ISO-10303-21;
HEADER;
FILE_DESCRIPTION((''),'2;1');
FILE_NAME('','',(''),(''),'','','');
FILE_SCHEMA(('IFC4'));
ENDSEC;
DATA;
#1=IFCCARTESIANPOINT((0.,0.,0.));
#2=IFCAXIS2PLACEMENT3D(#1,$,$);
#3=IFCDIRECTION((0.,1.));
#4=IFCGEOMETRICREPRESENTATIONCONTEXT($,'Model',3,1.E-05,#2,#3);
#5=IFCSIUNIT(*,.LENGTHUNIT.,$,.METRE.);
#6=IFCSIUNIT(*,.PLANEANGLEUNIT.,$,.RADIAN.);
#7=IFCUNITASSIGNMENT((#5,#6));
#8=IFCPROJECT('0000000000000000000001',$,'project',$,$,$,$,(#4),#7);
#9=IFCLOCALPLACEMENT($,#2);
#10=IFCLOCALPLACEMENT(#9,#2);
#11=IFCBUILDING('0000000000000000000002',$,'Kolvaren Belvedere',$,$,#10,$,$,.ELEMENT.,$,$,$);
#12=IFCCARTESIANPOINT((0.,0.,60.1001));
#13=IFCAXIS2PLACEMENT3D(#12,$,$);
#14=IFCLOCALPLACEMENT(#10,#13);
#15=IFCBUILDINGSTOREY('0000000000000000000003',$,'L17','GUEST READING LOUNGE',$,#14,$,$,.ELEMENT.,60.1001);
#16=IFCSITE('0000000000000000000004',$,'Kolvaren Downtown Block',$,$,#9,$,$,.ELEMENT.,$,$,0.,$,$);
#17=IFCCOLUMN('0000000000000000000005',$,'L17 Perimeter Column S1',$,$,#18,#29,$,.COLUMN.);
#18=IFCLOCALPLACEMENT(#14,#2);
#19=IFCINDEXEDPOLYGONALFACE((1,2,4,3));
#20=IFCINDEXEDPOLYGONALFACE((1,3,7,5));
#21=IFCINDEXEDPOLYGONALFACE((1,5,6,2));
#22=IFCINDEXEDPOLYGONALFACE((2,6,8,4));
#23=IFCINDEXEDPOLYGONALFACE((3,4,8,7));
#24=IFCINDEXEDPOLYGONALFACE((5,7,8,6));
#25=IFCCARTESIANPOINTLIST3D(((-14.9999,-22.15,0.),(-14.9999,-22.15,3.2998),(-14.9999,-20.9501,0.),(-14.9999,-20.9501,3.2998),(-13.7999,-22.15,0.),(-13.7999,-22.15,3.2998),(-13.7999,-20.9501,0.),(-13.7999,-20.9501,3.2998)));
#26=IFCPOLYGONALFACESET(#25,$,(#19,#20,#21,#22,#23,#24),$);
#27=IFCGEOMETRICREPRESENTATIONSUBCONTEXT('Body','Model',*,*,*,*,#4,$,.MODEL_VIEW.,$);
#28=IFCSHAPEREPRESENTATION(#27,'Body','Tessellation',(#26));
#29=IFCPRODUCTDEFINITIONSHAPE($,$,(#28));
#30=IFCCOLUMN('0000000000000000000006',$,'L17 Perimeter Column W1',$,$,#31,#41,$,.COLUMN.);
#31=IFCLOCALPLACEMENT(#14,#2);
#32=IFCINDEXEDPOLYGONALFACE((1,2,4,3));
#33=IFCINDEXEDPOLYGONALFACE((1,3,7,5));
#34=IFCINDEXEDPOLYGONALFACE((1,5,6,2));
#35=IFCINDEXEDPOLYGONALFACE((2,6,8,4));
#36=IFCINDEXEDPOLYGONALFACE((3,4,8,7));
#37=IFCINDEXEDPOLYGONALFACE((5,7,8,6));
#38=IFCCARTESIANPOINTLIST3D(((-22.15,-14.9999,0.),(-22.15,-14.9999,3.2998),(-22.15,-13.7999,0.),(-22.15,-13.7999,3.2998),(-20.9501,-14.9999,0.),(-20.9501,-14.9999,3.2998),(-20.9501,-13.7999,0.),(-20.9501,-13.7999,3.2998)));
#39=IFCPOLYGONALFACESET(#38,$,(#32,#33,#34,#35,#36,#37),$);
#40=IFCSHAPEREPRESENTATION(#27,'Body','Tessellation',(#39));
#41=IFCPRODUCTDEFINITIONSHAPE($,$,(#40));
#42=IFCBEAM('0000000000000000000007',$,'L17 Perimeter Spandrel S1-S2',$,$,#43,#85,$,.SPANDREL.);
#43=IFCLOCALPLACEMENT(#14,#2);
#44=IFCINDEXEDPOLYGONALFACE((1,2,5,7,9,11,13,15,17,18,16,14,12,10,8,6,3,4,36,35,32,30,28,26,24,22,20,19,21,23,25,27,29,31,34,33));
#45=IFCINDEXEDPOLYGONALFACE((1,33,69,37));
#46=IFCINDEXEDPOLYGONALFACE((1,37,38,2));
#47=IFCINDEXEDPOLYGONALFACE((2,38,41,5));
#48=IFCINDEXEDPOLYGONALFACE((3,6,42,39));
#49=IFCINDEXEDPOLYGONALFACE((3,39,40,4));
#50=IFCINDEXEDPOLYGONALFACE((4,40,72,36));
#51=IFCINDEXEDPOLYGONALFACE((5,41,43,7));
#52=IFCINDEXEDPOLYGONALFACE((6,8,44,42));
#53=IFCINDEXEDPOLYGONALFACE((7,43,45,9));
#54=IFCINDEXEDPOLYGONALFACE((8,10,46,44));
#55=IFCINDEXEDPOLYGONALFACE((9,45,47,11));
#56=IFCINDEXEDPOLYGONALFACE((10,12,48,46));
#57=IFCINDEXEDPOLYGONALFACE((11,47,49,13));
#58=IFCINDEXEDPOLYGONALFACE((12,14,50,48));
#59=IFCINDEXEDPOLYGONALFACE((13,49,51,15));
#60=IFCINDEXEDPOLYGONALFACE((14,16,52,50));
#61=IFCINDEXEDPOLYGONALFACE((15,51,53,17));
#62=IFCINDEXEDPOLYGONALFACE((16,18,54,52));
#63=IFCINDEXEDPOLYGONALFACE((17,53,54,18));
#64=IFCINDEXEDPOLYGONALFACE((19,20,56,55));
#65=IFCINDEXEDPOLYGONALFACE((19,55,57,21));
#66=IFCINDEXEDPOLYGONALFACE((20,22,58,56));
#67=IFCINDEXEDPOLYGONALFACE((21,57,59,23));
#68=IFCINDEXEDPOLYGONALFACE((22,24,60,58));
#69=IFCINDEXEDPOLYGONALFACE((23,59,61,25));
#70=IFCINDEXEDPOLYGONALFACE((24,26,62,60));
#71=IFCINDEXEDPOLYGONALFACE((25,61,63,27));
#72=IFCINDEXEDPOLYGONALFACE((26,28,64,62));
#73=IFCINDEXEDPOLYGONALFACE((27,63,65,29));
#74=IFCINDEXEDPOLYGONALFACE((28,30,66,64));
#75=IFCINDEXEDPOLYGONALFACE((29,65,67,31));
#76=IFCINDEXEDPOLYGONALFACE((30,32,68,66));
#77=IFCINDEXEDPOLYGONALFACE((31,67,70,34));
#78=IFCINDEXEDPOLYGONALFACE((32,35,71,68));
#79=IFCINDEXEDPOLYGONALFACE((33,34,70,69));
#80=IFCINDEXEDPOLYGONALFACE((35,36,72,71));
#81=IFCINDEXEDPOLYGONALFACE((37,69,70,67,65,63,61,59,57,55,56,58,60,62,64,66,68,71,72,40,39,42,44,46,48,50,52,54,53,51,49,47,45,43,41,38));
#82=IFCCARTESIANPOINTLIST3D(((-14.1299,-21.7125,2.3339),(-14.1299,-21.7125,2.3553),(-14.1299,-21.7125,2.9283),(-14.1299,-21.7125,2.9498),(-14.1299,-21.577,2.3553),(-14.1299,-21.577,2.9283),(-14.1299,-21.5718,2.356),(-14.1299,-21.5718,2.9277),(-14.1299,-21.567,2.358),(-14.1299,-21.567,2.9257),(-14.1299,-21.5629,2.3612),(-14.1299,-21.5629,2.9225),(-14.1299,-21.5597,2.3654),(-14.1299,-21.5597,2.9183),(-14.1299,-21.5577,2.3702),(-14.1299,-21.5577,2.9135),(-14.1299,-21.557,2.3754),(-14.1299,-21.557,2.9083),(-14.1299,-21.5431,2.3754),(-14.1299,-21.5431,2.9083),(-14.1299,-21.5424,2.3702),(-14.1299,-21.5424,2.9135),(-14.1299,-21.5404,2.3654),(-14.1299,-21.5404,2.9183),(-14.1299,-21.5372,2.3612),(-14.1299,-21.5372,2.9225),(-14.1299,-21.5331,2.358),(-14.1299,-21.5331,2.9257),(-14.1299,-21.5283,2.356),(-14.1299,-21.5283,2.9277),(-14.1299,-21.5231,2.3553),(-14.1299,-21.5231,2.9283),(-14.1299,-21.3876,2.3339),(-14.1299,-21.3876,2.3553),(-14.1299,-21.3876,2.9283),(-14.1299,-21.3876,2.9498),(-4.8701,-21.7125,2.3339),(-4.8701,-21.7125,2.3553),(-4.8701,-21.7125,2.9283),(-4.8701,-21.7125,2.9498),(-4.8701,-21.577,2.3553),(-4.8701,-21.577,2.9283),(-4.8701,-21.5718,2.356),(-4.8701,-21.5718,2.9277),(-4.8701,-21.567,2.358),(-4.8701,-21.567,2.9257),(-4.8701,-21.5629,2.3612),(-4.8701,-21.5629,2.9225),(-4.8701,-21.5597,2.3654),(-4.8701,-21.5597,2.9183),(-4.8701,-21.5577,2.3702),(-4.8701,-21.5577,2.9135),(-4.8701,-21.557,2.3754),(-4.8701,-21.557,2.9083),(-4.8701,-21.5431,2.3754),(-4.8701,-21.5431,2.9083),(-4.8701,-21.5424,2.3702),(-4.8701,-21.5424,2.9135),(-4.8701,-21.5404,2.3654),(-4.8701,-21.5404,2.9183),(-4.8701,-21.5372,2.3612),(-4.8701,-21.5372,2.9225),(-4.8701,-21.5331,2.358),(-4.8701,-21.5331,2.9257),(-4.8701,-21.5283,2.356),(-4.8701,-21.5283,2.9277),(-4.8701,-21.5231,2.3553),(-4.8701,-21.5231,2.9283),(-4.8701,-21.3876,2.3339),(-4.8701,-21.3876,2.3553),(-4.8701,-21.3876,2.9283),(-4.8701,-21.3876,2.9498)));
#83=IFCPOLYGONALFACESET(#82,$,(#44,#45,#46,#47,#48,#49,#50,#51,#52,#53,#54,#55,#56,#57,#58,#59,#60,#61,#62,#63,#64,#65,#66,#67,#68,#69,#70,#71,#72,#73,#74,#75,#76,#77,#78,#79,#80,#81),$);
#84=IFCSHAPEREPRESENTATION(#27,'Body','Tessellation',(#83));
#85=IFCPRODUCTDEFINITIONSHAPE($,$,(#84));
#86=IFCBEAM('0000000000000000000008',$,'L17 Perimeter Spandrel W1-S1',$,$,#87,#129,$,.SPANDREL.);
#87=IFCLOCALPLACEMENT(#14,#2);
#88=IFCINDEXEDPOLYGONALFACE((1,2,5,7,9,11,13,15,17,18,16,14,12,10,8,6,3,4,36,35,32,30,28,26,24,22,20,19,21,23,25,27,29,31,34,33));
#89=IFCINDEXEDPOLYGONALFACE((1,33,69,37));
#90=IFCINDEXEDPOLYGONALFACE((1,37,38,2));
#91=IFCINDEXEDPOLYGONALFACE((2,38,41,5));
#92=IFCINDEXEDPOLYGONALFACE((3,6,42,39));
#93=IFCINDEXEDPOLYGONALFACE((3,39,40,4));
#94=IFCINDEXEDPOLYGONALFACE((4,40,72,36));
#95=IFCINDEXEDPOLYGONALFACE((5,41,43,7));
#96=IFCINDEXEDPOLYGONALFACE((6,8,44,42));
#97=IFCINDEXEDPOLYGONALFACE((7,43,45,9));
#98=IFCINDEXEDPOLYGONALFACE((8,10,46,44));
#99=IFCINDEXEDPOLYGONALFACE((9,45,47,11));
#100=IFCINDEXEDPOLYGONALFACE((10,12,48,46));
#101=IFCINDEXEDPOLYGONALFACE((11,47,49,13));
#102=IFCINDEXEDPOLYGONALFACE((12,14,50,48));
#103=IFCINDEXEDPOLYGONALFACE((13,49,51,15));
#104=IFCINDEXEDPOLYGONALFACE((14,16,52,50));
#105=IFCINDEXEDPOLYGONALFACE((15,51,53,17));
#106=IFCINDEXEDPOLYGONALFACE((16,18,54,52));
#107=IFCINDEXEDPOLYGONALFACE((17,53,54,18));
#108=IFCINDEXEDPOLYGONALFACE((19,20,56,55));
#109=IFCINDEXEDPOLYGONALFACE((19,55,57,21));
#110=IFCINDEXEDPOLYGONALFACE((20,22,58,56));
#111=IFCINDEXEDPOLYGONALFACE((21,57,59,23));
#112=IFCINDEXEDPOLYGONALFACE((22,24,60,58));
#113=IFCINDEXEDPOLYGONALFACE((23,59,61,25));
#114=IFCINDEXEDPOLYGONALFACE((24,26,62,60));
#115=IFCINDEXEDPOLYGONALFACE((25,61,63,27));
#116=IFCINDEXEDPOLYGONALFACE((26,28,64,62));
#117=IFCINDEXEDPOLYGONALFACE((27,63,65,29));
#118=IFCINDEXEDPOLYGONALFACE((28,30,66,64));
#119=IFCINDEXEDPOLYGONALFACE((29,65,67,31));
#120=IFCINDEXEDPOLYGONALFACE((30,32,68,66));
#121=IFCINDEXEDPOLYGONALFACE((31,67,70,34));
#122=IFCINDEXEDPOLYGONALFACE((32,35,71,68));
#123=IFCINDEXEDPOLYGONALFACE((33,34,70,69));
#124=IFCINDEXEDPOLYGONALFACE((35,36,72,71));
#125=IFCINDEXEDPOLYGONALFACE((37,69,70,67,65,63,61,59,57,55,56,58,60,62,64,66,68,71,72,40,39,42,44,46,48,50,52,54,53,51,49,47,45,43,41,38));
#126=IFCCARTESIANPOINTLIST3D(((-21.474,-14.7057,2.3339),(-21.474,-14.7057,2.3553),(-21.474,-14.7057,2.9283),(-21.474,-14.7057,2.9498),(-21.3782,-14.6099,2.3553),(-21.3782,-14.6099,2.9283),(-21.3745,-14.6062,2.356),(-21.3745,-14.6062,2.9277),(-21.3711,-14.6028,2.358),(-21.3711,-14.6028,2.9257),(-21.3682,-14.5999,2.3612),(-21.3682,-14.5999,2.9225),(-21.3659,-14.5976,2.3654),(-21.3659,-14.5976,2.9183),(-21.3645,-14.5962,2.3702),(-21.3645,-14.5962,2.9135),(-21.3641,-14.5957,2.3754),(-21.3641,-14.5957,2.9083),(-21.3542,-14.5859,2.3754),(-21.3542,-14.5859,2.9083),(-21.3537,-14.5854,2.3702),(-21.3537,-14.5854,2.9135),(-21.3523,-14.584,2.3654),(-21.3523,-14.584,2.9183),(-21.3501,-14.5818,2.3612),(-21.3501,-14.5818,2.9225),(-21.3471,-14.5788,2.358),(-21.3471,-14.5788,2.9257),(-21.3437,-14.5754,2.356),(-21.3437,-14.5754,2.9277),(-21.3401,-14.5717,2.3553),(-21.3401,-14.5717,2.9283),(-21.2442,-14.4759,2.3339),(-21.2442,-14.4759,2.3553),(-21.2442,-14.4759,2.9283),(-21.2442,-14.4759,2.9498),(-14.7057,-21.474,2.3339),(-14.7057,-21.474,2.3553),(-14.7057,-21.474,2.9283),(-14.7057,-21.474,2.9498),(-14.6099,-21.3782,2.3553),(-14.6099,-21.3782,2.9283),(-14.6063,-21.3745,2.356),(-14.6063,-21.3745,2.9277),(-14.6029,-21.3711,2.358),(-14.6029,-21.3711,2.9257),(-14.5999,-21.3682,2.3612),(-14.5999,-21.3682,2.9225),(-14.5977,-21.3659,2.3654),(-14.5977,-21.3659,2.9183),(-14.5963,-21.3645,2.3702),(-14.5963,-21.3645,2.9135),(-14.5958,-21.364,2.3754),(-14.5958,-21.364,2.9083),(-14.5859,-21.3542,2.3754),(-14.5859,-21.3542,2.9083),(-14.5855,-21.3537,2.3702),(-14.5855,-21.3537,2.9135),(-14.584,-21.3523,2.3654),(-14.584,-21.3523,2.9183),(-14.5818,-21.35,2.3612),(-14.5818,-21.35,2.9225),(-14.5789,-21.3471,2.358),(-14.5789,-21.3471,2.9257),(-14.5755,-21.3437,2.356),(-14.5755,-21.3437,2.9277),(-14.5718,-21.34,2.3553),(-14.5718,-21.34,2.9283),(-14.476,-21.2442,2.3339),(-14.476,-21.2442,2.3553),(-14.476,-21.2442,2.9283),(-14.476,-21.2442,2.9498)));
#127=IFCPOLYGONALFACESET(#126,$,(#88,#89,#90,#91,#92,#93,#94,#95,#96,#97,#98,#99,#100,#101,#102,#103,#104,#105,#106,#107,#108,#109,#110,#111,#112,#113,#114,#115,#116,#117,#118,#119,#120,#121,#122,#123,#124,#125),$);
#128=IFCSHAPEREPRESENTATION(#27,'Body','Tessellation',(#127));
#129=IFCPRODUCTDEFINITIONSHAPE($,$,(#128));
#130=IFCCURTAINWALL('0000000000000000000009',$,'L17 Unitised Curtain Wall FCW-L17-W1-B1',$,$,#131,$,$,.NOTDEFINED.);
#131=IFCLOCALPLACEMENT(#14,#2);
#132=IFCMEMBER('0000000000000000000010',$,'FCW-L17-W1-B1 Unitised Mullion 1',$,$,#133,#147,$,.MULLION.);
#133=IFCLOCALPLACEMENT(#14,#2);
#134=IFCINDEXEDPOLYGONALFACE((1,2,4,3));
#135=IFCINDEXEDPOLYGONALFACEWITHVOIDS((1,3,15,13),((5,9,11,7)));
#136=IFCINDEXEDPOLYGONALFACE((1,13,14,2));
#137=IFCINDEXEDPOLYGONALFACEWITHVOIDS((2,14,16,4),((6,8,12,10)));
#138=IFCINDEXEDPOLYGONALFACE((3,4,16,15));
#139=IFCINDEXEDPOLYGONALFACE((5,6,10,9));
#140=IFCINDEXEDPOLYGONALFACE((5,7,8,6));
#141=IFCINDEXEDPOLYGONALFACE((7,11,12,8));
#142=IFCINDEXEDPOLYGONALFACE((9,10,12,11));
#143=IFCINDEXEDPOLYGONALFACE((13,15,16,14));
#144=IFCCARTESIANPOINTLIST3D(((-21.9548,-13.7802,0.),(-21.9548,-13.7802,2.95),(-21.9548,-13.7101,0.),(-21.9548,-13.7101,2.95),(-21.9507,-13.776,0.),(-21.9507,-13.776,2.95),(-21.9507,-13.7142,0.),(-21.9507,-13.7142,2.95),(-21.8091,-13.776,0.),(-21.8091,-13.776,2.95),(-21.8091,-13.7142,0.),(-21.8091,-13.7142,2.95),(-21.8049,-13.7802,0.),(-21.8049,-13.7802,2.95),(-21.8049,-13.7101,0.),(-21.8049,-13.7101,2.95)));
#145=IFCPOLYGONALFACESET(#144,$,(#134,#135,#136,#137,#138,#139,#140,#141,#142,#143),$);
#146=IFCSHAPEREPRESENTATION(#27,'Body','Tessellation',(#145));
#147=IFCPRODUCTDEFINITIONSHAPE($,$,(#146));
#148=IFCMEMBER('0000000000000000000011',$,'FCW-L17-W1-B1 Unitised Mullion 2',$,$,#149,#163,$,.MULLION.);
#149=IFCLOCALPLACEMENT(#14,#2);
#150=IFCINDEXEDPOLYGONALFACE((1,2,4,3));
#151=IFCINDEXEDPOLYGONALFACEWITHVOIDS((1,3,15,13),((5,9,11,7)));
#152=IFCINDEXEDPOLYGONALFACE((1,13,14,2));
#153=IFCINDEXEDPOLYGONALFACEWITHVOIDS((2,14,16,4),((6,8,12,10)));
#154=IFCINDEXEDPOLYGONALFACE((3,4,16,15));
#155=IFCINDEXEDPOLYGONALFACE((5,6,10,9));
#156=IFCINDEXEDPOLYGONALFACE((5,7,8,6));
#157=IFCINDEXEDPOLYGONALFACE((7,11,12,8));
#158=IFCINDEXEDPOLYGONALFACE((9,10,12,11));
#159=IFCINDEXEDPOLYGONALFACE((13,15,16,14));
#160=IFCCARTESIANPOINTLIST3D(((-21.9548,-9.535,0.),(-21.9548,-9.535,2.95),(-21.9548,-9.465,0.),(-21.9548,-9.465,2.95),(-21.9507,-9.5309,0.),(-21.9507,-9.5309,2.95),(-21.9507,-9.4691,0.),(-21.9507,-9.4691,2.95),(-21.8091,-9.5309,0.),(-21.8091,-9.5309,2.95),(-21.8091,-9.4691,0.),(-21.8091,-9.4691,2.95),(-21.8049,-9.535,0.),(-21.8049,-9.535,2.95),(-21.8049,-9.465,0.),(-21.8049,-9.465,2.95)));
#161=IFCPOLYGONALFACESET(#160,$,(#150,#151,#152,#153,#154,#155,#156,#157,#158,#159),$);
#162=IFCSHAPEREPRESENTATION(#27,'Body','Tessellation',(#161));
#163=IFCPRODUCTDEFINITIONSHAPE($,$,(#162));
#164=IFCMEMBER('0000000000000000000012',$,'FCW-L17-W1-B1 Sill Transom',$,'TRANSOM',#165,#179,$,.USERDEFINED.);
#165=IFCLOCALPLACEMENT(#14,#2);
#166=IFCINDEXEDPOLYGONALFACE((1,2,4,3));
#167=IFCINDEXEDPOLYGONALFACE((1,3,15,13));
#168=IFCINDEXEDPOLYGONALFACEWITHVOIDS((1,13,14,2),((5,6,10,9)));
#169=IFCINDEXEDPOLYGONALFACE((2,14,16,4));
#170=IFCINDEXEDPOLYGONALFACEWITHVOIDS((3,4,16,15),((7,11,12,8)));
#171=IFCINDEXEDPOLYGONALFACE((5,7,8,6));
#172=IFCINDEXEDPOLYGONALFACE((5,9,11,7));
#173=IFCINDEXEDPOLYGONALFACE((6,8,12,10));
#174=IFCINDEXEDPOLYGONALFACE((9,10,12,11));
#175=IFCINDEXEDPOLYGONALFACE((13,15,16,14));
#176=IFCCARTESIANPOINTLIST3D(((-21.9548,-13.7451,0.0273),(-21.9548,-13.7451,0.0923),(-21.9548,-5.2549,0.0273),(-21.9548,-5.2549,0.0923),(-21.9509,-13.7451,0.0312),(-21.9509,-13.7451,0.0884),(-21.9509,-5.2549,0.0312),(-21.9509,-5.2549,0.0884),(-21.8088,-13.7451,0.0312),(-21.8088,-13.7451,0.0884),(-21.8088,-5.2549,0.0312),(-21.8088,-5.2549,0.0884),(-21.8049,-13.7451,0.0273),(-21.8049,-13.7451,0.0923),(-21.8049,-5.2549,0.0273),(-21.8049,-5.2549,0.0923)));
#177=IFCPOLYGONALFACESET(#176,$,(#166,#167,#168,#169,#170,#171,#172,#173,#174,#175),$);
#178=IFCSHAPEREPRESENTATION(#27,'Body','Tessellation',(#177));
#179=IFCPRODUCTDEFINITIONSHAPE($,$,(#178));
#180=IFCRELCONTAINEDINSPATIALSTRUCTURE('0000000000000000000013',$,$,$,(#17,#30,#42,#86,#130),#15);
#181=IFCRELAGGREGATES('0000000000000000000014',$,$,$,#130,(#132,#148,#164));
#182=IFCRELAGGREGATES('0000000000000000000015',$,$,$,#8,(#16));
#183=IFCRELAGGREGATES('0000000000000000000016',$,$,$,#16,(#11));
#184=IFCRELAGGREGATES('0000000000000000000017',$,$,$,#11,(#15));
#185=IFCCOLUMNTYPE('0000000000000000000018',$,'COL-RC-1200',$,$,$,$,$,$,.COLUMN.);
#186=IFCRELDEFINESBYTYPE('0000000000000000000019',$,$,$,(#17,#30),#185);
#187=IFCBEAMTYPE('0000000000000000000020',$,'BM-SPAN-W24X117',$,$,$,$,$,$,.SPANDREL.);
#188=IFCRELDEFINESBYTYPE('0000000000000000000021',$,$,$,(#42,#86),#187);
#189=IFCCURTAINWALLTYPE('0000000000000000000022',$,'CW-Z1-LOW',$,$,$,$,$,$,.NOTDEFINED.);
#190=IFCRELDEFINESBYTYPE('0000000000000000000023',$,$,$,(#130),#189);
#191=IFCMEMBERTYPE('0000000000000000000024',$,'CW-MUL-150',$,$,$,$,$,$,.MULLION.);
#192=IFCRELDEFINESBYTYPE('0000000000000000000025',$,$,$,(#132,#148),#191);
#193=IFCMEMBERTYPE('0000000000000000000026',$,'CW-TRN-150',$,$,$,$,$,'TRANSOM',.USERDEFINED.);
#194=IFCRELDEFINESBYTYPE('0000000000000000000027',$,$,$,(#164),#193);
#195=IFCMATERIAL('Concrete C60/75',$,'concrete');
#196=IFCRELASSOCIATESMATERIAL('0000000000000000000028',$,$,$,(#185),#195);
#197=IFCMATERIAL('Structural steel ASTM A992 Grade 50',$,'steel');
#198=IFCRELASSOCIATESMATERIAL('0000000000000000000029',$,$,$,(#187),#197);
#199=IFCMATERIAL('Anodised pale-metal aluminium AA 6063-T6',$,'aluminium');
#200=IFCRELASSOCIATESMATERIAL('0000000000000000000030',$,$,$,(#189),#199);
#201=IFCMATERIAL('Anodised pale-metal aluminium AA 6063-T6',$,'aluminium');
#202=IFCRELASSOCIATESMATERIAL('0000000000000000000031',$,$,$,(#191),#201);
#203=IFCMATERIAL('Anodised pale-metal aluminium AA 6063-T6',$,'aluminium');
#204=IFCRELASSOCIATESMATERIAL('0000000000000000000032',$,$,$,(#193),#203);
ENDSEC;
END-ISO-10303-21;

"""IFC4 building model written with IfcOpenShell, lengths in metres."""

from ifc_helpers import new_model, si_unit, direction, frame, origin, origin_2d, place, context, subcontext, project, spatial, rectangle, hollow_rectangle, i_section, extrude, material, material_profile, profile_set, type_object, element, aggregate, save


model = new_model("IFC4")

# Units and contexts
model_context = context("Model", 3, precision=1e-05, world=origin(), true_north=direction((0.0, 1.0)))
body_context = subcontext(model_context, "Body", "Model", "MODEL_VIEW")
ifc_project = project(units=[si_unit("LENGTHUNIT", "METRE"), si_unit("PLANEANGLEUNIT", "RADIAN")], contexts=[model_context])

# Site, building, storey
site_placement = place(None, origin())
site = spatial("IfcSite", under=ifc_project, at=site_placement, Name="Kolvaren Downtown Block", CompositionType="ELEMENT", RefElevation=0.0)
building_placement = place(site_placement, origin())
building = spatial("IfcBuilding", under=site, at=building_placement, Name="Kolvaren Belvedere", CompositionType="ELEMENT")
storey_placement = place(building_placement, frame((0.0, 0.0, 60.1001)))
storey = spatial("IfcBuildingStorey", under=building, at=storey_placement, Name="L17", Description="GUEST READING LOUNGE", CompositionType="ELEMENT", Elevation=60.1001)

# Columns
ifc_material_1 = material(Name="Concrete C60/75", Category="concrete")
ifc_material_profile_1 = material_profile(ifc_material_1, rectangle(XDim=1.2, YDim=1.2, at=origin_2d()), Name="RC 1200X1200")
ifc_profile_set_1 = profile_set([ifc_material_profile_1], Name="Concrete C60/75")
column_type = type_object("IfcColumnType", Name="COL-RC-1200", PredefinedType="COLUMN", material=ifc_profile_set_1)
for number, where, z_axis, x_axis, name in (
    (1, (-14.3999, -21.55, 0.0), (0.0, 0.0, 1.0), (1.0, 0.0, 0.0), "L17 Perimeter Column S1"),
    (2, (-21.55, -14.3999, 0.0), (0.0, 0.0, 1.0), (1.0, 0.0, 0.0), "L17 Perimeter Column W1"),
):
    element("IfcColumn", number, at=place(storey_placement, frame(where, z_axis=z_axis, x_axis=x_axis)), inside=storey, type_object=column_type, Name=name, PredefinedType="COLUMN", context=body_context, shape_type="SweptSolid", body=[
        extrude(rectangle(XDim=1.2, YDim=1.2, at=origin_2d()), origin(), (0.0, 0.0, 1.0), 3.2998),
    ])

# Beams
ifc_material_2 = material(Name="Structural steel ASTM A992 Grade 50", Category="steel")
ifc_material_profile_2 = material_profile(ifc_material_2, i_section(OverallWidth=0.325, OverallDepth=0.616, WebThickness=0.0139, FlangeThickness=0.0215, FilletRadius=0.02, at=origin_2d()), Name="W24X117")
ifc_profile_set_2 = profile_set([ifc_material_profile_2], Name="Structural steel ASTM A992 Grade 50")
beam_type = type_object("IfcBeamType", Name="BM-SPAN-W24X117", PredefinedType="SPANDREL", material=ifc_profile_set_2)
beam_1_placement = place(storey_placement, frame((-14.1299, -21.55, 2.6418), z_axis=(1.0, 0.0, 0.0), x_axis=(0.0, 1.0, 0.0)))
element("IfcBeam", 3, at=beam_1_placement, inside=storey, type_object=beam_type, Name="L17 Perimeter Spandrel S1-S2", PredefinedType="SPANDREL", context=body_context, shape_type="SweptSolid", body=[
    extrude(i_section(OverallWidth=0.325, OverallDepth=0.616, WebThickness=0.0139, FlangeThickness=0.0215, FilletRadius=0.02, at=origin_2d()), origin(), (0.0, 0.0, 1.0), 9.2598),
])
beam_2_placement = place(storey_placement, frame((-21.3591, -14.5908, 2.6418), z_axis=(0.707107, -0.707107, 0.0), x_axis=(0.707107, 0.707107, 0.0)))
element("IfcBeam", 4, at=beam_2_placement, inside=storey, type_object=beam_type, Name="L17 Perimeter Spandrel W1-S1", PredefinedType="SPANDREL", context=body_context, shape_type="SweptSolid", body=[
    extrude(i_section(OverallWidth=0.325, OverallDepth=0.616, WebThickness=0.0139, FlangeThickness=0.0215, FilletRadius=0.02, at=origin_2d()), origin(), (0.0, 0.0, 1.0), 9.5718),
])

# Curtain wall, members
ifc_material_3 = material(Name="Anodised pale-metal aluminium AA 6063-T6", Category="aluminium")
curtain_wall_type = type_object("IfcCurtainWallType", Name="CW-Z1-LOW", PredefinedType="NOTDEFINED", material=ifc_material_3)
curtain_wall_placement = place(storey_placement, origin())
curtain_wall = element("IfcCurtainWall", 5, at=curtain_wall_placement, inside=storey, type_object=curtain_wall_type, Name="L17 Unitised Curtain Wall FCW-L17-W1-B1", PredefinedType="NOTDEFINED")
ifc_material_4 = material(Name="Anodised pale-metal aluminium AA 6063-T6", Category="aluminium")
ifc_material_profile_3 = material_profile(ifc_material_4, hollow_rectangle(XDim=0.0701, YDim=0.1499, WallThickness=0.0042, at=origin_2d()), Name="ALU-MUL-150X70")
ifc_profile_set_3 = profile_set([ifc_material_profile_3], Name="Anodised pale-metal aluminium AA 6063-T6")
member_type_1 = type_object("IfcMemberType", Name="CW-MUL-150", PredefinedType="MULLION", material=ifc_profile_set_3)
member_1_placement = place(storey_placement, frame((-21.8799, -13.7451, 0.0), z_axis=(0.0, 0.0, 1.0), x_axis=(0.0, 1.0, 0.0)))
member_1 = element("IfcMember", 6, at=member_1_placement, type_object=member_type_1, Name="FCW-L17-W1-B1 Unitised Mullion 1", PredefinedType="MULLION", context=body_context, shape_type="SweptSolid", body=[
    extrude(hollow_rectangle(XDim=0.0701, YDim=0.1499, WallThickness=0.0042, at=origin_2d()), origin(), (0.0, 0.0, 1.0), 2.95),
])
member_2_placement = place(storey_placement, frame((-21.8799, -9.5, 0.0), z_axis=(0.0, 0.0, 1.0), x_axis=(0.0, 1.0, 0.0)))
member_2 = element("IfcMember", 7, at=member_2_placement, type_object=member_type_1, Name="FCW-L17-W1-B1 Unitised Mullion 2", PredefinedType="MULLION", context=body_context, shape_type="SweptSolid", body=[
    extrude(hollow_rectangle(XDim=0.0701, YDim=0.1499, WallThickness=0.0042, at=origin_2d()), origin(), (0.0, 0.0, 1.0), 2.95),
])
ifc_material_5 = material(Name="Anodised pale-metal aluminium AA 6063-T6", Category="aluminium")
ifc_material_profile_4 = material_profile(ifc_material_5, hollow_rectangle(XDim=0.0649, YDim=0.1499, WallThickness=0.0039, at=origin_2d()), Name="ALU-TRN-150X65")
ifc_profile_set_4 = profile_set([ifc_material_profile_4], Name="Anodised pale-metal aluminium AA 6063-T6")
member_type_2 = type_object("IfcMemberType", Name="CW-TRN-150", ElementType="TRANSOM", PredefinedType="USERDEFINED", material=ifc_profile_set_4)
member_3_placement = place(storey_placement, frame((-21.8799, -13.7451, 0.0598), z_axis=(0.0, 1.0, 0.0), x_axis=(0.0, 0.0, 1.0)))
member_3 = element("IfcMember", 8, at=member_3_placement, type_object=member_type_2, Name="FCW-L17-W1-B1 Sill Transom", ObjectType="TRANSOM", PredefinedType="USERDEFINED", context=body_context, shape_type="SweptSolid", body=[
    extrude(hollow_rectangle(XDim=0.0649, YDim=0.1499, WallThickness=0.0039, at=origin_2d()), origin(), (0.0, 0.0, 1.0), 8.4902),
])
aggregate(curtain_wall, [member_1, member_2, member_3])

save(model, "model.ifc")
